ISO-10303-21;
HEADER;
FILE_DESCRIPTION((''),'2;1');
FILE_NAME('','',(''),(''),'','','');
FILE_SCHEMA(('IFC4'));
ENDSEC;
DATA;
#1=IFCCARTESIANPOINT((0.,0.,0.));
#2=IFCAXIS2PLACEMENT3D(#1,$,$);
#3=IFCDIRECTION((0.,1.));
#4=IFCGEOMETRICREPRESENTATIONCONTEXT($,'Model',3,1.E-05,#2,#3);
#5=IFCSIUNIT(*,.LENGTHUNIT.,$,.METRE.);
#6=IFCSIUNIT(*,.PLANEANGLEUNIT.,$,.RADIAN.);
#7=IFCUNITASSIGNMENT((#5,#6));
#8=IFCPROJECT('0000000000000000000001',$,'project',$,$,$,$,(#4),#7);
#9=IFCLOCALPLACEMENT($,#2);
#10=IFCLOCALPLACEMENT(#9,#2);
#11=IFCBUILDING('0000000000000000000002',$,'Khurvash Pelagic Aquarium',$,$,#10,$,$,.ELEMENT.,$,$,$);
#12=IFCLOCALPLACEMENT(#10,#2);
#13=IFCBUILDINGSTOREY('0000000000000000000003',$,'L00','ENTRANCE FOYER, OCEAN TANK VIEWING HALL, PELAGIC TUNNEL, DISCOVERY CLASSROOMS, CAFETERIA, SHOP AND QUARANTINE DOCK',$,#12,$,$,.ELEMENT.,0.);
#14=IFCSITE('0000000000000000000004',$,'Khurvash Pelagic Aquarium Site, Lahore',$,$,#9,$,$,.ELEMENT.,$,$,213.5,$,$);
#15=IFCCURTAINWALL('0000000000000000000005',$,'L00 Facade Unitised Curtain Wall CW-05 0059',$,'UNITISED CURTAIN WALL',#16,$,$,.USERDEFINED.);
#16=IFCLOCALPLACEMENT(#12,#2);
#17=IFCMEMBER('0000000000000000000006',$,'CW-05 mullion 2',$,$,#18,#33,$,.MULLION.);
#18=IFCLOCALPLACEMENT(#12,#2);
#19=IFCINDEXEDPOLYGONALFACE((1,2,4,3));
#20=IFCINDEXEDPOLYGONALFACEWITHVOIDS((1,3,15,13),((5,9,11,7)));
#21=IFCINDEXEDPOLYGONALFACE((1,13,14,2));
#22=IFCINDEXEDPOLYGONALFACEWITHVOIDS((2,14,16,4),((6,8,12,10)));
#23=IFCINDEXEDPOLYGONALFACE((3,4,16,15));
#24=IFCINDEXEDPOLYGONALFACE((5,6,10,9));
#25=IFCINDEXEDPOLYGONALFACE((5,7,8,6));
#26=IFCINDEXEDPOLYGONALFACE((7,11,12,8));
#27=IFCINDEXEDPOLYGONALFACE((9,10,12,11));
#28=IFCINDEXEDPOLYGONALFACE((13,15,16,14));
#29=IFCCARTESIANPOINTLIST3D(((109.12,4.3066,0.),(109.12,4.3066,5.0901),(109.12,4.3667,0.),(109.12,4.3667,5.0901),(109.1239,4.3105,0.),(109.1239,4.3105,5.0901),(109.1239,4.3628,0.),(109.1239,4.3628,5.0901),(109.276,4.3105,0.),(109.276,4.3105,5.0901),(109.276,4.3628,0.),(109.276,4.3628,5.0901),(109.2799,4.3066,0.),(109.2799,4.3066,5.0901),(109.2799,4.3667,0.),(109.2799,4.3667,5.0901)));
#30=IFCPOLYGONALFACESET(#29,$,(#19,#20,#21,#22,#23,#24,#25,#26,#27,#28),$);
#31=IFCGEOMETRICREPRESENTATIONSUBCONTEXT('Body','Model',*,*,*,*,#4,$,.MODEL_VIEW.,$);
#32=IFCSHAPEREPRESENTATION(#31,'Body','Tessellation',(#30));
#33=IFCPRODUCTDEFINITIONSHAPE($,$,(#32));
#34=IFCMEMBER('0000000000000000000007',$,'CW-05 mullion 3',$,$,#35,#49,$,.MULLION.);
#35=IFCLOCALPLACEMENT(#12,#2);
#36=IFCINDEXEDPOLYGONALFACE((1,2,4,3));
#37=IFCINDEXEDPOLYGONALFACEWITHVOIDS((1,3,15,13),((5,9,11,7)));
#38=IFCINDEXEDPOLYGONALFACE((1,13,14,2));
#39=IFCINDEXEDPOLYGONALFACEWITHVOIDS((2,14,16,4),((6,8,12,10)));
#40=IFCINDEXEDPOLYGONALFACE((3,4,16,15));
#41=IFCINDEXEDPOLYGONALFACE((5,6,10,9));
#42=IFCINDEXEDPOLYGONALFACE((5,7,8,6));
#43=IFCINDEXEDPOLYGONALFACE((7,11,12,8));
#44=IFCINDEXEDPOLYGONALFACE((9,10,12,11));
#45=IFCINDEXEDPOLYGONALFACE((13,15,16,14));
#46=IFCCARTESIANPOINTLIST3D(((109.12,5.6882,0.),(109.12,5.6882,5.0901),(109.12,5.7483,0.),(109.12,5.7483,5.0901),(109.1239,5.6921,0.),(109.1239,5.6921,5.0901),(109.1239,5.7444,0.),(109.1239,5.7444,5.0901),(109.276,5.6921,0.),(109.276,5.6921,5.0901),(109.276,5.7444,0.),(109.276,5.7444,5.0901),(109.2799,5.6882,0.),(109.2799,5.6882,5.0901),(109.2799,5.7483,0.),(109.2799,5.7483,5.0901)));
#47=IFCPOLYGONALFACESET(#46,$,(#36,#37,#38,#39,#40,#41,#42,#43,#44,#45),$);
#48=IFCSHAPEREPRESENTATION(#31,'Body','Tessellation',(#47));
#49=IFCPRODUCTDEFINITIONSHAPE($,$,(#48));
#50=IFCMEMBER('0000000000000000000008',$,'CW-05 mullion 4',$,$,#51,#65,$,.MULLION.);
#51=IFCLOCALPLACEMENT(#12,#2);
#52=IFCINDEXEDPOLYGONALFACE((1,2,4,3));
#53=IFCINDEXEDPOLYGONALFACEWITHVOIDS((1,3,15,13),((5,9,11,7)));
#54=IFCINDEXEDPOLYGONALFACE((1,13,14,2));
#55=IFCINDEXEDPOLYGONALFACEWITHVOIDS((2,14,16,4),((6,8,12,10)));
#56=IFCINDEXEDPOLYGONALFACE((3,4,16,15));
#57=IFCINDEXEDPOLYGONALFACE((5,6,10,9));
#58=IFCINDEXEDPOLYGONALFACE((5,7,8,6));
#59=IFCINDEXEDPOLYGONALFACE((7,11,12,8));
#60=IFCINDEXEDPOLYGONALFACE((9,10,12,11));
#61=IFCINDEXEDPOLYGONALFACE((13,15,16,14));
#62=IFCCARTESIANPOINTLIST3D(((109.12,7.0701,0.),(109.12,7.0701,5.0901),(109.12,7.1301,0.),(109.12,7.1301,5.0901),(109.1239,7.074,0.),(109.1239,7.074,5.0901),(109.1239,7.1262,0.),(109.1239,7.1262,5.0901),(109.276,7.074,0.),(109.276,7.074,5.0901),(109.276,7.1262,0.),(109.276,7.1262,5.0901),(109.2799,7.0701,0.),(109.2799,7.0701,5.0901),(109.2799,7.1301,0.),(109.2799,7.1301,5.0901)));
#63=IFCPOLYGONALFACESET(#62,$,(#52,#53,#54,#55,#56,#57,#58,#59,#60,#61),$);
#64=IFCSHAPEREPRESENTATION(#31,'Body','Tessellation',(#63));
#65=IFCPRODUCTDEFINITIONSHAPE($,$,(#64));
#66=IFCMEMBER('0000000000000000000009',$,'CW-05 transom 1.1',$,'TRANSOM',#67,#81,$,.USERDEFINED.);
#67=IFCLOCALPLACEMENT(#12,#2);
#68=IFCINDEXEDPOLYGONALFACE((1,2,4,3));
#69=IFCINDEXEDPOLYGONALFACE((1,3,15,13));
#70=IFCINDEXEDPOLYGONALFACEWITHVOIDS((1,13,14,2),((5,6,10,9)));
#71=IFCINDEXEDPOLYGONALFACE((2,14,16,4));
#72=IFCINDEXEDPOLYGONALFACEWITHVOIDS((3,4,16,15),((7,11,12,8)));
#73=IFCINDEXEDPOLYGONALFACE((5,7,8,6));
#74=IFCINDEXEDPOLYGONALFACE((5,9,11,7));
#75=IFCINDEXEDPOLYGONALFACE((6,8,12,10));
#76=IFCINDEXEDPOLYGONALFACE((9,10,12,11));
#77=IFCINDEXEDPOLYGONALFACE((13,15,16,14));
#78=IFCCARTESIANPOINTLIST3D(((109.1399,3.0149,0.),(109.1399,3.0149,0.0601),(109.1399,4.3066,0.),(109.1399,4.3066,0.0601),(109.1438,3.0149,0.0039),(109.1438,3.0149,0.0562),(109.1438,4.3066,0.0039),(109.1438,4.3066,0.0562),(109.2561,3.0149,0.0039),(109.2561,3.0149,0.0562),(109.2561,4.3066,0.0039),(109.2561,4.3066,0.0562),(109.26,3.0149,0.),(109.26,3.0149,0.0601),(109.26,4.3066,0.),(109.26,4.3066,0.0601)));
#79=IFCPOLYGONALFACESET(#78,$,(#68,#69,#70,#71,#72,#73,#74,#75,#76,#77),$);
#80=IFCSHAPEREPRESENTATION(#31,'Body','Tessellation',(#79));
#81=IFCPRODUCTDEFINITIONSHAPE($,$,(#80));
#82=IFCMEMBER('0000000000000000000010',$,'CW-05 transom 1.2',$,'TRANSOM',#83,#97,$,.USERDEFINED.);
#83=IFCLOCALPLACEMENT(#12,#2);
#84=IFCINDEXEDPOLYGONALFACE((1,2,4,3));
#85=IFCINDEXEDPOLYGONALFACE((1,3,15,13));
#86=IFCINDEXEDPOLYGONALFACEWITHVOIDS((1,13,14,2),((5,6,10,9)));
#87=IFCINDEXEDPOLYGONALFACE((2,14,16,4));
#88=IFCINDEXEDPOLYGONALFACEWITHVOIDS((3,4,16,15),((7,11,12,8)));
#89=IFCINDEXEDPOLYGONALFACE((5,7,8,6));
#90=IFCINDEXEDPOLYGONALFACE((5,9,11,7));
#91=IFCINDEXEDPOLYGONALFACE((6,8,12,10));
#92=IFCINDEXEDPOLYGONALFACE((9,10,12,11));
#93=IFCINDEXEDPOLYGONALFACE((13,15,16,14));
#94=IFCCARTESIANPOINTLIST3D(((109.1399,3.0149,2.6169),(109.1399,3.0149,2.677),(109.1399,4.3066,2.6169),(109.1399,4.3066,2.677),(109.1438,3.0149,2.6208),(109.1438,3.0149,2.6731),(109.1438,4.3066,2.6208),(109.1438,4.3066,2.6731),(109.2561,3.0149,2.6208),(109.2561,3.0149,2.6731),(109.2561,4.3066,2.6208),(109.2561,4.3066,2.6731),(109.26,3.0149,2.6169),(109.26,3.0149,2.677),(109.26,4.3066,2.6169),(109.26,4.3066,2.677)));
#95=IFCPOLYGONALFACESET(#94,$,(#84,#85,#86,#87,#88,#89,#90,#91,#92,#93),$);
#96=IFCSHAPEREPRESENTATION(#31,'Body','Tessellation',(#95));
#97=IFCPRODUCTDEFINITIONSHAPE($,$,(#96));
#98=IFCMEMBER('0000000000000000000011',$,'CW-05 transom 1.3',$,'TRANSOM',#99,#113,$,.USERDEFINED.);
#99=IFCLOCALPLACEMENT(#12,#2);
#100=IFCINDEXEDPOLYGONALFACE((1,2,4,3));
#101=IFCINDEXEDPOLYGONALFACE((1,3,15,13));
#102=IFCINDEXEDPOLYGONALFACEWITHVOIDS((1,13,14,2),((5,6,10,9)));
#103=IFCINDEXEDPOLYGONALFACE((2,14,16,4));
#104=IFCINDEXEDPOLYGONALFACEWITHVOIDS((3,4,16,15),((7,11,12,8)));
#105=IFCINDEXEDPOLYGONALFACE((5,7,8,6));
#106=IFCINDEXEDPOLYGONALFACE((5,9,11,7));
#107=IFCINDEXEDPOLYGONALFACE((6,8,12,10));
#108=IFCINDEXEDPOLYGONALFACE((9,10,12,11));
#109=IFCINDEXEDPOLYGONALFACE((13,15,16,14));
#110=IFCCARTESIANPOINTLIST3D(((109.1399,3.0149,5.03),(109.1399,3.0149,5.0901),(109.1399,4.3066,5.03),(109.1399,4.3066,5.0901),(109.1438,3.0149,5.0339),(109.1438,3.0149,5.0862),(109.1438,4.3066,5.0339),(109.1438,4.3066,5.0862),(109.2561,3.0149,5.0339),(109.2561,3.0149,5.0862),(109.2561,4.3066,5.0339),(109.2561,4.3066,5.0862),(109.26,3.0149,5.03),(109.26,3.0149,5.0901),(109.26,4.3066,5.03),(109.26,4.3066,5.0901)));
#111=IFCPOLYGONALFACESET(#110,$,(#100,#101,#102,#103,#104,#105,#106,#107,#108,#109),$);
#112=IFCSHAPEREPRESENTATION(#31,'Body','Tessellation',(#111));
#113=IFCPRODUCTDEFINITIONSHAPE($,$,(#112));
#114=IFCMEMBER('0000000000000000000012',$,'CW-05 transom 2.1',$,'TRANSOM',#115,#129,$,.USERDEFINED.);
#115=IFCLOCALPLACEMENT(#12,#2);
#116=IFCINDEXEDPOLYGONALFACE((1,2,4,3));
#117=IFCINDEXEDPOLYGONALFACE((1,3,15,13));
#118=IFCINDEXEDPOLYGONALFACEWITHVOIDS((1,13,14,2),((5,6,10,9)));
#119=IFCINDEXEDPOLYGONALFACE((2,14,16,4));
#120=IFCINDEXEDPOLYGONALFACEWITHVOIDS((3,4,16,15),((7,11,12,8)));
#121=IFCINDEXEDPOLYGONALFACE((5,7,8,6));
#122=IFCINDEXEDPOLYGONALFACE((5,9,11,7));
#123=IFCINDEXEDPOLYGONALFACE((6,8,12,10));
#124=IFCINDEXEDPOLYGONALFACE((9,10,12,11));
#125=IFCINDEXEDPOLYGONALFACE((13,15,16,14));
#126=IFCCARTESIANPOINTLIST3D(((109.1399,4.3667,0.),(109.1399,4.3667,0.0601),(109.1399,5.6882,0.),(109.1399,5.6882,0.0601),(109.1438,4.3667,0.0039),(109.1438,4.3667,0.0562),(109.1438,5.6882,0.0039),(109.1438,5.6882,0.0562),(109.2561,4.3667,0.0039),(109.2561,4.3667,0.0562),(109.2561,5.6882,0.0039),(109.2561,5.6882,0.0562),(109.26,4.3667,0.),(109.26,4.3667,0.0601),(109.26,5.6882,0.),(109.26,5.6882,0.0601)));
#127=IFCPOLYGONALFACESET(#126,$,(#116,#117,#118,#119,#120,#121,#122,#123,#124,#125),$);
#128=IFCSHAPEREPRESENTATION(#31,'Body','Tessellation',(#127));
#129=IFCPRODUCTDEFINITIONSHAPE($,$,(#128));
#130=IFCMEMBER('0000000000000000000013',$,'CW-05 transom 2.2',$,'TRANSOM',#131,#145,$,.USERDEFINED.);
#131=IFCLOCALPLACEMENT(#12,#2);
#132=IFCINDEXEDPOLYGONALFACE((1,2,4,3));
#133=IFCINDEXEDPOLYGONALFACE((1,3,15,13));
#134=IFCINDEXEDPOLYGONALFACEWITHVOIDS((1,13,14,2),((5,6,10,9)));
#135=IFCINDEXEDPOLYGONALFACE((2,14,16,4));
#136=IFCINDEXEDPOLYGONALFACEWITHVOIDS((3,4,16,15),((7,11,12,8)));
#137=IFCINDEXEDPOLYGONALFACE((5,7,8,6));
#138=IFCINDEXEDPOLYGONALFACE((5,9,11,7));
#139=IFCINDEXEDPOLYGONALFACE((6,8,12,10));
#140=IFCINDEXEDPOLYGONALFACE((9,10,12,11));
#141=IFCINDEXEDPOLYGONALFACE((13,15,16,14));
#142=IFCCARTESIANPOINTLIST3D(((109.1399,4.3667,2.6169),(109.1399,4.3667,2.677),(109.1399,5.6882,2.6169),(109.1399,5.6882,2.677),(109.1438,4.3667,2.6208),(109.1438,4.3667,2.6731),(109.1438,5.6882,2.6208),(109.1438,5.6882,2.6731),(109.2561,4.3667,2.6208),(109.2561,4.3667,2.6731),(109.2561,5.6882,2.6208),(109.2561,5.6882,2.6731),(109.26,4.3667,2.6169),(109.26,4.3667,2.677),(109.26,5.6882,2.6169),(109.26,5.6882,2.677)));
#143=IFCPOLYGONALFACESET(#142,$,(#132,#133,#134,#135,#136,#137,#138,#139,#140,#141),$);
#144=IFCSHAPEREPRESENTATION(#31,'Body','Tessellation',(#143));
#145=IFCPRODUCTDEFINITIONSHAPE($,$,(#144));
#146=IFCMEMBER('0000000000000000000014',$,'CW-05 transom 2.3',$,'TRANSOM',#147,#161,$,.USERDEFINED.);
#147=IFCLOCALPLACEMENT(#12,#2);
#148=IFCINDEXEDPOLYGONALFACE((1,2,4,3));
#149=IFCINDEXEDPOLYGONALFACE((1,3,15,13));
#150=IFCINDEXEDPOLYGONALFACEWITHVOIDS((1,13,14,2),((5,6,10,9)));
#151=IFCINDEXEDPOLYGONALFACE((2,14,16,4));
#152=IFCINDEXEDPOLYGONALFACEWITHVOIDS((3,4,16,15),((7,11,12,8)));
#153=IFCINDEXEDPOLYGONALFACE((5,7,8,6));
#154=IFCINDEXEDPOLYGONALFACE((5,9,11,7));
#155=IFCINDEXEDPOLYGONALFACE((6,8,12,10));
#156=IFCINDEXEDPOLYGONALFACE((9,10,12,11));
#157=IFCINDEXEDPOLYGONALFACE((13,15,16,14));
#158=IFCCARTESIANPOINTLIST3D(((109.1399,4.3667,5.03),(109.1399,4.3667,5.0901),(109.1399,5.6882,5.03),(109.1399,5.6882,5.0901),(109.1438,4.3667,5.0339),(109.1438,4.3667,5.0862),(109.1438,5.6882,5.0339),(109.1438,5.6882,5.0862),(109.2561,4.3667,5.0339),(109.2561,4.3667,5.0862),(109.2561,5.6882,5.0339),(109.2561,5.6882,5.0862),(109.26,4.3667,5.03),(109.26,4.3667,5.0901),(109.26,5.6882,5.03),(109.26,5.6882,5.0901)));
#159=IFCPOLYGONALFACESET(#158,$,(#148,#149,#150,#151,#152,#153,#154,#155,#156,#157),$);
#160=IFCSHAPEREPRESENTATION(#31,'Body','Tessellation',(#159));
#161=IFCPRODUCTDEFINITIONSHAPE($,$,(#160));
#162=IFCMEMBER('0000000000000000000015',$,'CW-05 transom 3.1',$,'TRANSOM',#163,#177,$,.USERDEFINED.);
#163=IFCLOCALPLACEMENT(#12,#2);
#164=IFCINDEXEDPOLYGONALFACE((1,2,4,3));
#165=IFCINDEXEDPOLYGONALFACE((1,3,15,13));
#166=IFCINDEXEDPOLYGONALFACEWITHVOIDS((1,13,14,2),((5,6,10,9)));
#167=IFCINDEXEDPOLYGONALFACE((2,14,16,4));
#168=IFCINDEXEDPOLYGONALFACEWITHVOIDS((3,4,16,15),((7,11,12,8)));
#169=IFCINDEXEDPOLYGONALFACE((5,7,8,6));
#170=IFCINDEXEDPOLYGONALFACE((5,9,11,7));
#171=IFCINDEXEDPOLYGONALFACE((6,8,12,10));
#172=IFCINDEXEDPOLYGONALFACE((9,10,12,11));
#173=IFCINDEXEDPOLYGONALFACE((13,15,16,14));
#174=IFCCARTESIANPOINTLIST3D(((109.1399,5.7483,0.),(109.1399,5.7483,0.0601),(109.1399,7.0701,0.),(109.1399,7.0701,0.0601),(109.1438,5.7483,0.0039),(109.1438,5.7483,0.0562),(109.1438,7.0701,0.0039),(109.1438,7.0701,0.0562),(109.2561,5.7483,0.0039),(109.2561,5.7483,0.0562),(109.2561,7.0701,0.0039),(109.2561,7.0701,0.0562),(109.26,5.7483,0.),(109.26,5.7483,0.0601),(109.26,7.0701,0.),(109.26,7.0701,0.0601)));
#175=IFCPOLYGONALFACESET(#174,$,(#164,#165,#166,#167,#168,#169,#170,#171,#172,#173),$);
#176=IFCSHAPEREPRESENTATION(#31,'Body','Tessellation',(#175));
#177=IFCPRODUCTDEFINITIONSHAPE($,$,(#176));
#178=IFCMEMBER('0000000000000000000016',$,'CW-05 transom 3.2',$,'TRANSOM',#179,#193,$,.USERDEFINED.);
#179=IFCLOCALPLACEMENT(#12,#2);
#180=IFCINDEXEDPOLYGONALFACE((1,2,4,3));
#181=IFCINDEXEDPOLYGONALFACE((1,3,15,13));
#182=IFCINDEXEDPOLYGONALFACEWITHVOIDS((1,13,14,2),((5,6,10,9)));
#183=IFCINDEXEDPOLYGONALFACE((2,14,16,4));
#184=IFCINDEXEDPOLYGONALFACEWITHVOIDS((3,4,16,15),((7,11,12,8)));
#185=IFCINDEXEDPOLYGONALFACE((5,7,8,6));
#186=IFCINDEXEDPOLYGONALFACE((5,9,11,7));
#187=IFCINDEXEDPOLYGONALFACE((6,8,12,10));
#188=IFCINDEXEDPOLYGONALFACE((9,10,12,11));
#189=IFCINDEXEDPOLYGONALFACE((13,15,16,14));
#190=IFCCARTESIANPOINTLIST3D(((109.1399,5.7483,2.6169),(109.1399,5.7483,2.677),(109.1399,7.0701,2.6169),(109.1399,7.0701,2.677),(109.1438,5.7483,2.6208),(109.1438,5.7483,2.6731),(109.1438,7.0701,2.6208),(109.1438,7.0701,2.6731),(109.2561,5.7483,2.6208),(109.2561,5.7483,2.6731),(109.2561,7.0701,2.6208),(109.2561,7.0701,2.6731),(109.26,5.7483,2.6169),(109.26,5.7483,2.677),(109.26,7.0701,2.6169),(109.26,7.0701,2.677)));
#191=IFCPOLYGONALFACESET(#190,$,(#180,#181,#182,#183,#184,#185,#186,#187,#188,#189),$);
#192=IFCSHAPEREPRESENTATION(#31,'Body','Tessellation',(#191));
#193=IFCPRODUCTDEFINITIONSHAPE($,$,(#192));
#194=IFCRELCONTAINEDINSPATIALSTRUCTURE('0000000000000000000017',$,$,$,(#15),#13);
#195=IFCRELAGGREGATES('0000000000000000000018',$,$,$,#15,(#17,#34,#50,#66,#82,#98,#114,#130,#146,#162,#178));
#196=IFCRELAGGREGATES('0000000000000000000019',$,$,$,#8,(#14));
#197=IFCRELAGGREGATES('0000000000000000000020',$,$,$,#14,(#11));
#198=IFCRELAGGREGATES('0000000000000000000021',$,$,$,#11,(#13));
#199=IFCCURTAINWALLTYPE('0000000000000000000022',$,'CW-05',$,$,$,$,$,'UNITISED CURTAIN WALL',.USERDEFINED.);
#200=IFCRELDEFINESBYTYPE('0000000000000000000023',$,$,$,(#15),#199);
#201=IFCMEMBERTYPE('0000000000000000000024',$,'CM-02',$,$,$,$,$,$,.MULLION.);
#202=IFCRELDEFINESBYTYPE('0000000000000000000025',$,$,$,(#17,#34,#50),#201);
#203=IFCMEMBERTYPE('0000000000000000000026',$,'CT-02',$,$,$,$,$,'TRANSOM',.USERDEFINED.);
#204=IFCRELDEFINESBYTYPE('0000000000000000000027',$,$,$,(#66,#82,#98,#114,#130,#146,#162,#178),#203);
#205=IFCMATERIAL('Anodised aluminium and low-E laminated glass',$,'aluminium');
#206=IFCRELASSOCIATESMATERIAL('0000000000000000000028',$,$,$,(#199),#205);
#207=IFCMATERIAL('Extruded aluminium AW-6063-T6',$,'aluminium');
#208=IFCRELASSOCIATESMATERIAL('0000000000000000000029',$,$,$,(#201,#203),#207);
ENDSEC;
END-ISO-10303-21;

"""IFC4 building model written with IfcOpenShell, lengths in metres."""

from ifc_helpers import new_model, si_unit, direction, frame, origin, origin_2d, place, context, subcontext, project, spatial, hollow_rectangle, extrude, material, material_profile, profile_set, type_object, element, aggregate, save


model = new_model("IFC4")

# Units and contexts
model_context = context("Model", 3, precision=1e-05, world=origin(), true_north=direction((0.0, 1.0)))
body_context = subcontext(model_context, "Body", "Model", "MODEL_VIEW")
ifc_project = project(units=[si_unit("LENGTHUNIT", "METRE"), si_unit("PLANEANGLEUNIT", "RADIAN")], contexts=[model_context])

# Site, building, storey
site_placement = place(None, origin())
site = spatial("IfcSite", under=ifc_project, at=site_placement, Name="Khurvash Pelagic Aquarium Site, Lahore", CompositionType="ELEMENT", RefElevation=213.5)
building_placement = place(site_placement, origin())
building = spatial("IfcBuilding", under=site, at=building_placement, Name="Khurvash Pelagic Aquarium", CompositionType="ELEMENT")
storey_placement = place(building_placement, origin())
storey = spatial("IfcBuildingStorey", under=building, at=storey_placement, Name="L00", Description="ENTRANCE FOYER, OCEAN TANK VIEWING HALL, PELAGIC TUNNEL, DISCOVERY CLASSROOMS, CAFETERIA, SHOP AND QUARANTINE DOCK", CompositionType="ELEMENT", Elevation=0.0)

# Curtain wall, members
ifc_material_1 = material(Name="Anodised aluminium and low-E laminated glass", Category="aluminium")
curtain_wall_type = type_object("IfcCurtainWallType", Name="CW-05", ElementType="UNITISED CURTAIN WALL", PredefinedType="USERDEFINED", material=ifc_material_1)
curtain_wall_placement = place(storey_placement, origin())
curtain_wall = element("IfcCurtainWall", 1, at=curtain_wall_placement, inside=storey, type_object=curtain_wall_type, Name="L00 Facade Unitised Curtain Wall CW-05 0059", ObjectType="UNITISED CURTAIN WALL", PredefinedType="USERDEFINED")
ifc_material_2 = material(Name="Extruded aluminium AW-6063-T6", Category="aluminium")
ifc_material_profile_1 = material_profile(ifc_material_2, hollow_rectangle(XDim=0.0601, YDim=0.1599, WallThickness=0.0039, at=origin_2d()), Name="CWM60X160X4")
ifc_profile_set_1 = profile_set([ifc_material_profile_1], Name="Extruded aluminium AW-6063-T6")
member_type_1 = type_object("IfcMemberType", Name="CM-02", PredefinedType="MULLION", material=ifc_profile_set_1)
member_1_placement = place(storey_placement, frame((109.2, 4.3367, 0.0), z_axis=(0.0, 0.0, 1.0), x_axis=(0.0, 1.0, 0.0)))
member_1 = element("IfcMember", 2, at=member_1_placement, type_object=member_type_1, Name="CW-05 mullion 2", PredefinedType="MULLION", context=body_context, shape_type="SweptSolid", body=[
    extrude(hollow_rectangle(XDim=0.0601, YDim=0.1599, WallThickness=0.0039, at=origin_2d()), origin(), (0.0, 0.0, 1.0), 5.0901),
])
member_2_placement = place(storey_placement, frame((109.2, 5.7183, 0.0), z_axis=(0.0, 0.0, 1.0), x_axis=(0.0, 1.0, 0.0)))
member_2 = element("IfcMember", 3, at=member_2_placement, type_object=member_type_1, Name="CW-05 mullion 3", PredefinedType="MULLION", context=body_context, shape_type="SweptSolid", body=[
    extrude(hollow_rectangle(XDim=0.0601, YDim=0.1599, WallThickness=0.0039, at=origin_2d()), origin(), (0.0, 0.0, 1.0), 5.0901),
])
member_3_placement = place(storey_placement, frame((109.2, 7.1001, 0.0), z_axis=(0.0, 0.0, 1.0), x_axis=(0.0, 1.0, 0.0)))
member_3 = element("IfcMember", 4, at=member_3_placement, type_object=member_type_1, Name="CW-05 mullion 4", PredefinedType="MULLION", context=body_context, shape_type="SweptSolid", body=[
    extrude(hollow_rectangle(XDim=0.0601, YDim=0.1599, WallThickness=0.0039, at=origin_2d()), origin(), (0.0, 0.0, 1.0), 5.0901),
])
ifc_material_profile_2 = material_profile(ifc_material_2, hollow_rectangle(XDim=0.1201, YDim=0.0601, WallThickness=0.0039, at=origin_2d()), Name="CWT120X60X4")
ifc_profile_set_2 = profile_set([ifc_material_profile_2], Name="Extruded aluminium AW-6063-T6")
member_type_2 = type_object("IfcMemberType", Name="CT-02", ElementType="TRANSOM", PredefinedType="USERDEFINED", material=ifc_profile_set_2)
member_4_placement = place(storey_placement, frame((109.2, 3.0149, 0.03), z_axis=(0.0, 1.0, 0.0), x_axis=(-1.0, 0.0, 0.0)))
member_4 = element("IfcMember", 5, at=member_4_placement, type_object=member_type_2, Name="CW-05 transom 1.1", ObjectType="TRANSOM", PredefinedType="USERDEFINED", context=body_context, shape_type="SweptSolid", body=[
    extrude(hollow_rectangle(XDim=0.1201, YDim=0.0601, WallThickness=0.0039, at=origin_2d()), origin(), (0.0, 0.0, 1.0), 1.2917),
])
member_5_placement = place(storey_placement, frame((109.2, 3.0149, 2.647), z_axis=(0.0, 1.0, 0.0), x_axis=(-1.0, 0.0, 0.0)))
member_5 = element("IfcMember", 6, at=member_5_placement, type_object=member_type_2, Name="CW-05 transom 1.2", ObjectType="TRANSOM", PredefinedType="USERDEFINED", context=body_context, shape_type="SweptSolid", body=[
    extrude(hollow_rectangle(XDim=0.1201, YDim=0.0601, WallThickness=0.0039, at=origin_2d()), origin(), (0.0, 0.0, 1.0), 1.2917),
])
member_6_placement = place(storey_placement, frame((109.2, 3.0149, 5.0601), z_axis=(0.0, 1.0, 0.0), x_axis=(-1.0, 0.0, 0.0)))
member_6 = element("IfcMember", 7, at=member_6_placement, type_object=member_type_2, Name="CW-05 transom 1.3", ObjectType="TRANSOM", PredefinedType="USERDEFINED", context=body_context, shape_type="SweptSolid", body=[
    extrude(hollow_rectangle(XDim=0.1201, YDim=0.0601, WallThickness=0.0039, at=origin_2d()), origin(), (0.0, 0.0, 1.0), 1.2917),
])
member_7_placement = place(storey_placement, frame((109.2, 4.3667, 0.03), z_axis=(0.0, 1.0, 0.0), x_axis=(-1.0, 0.0, 0.0)))
member_7 = element("IfcMember", 8, at=member_7_placement, type_object=member_type_2, Name="CW-05 transom 2.1", ObjectType="TRANSOM", PredefinedType="USERDEFINED", context=body_context, shape_type="SweptSolid", body=[
    extrude(hollow_rectangle(XDim=0.1201, YDim=0.0601, WallThickness=0.0039, at=origin_2d()), origin(), (0.0, 0.0, 1.0), 1.3215),
])
member_8_placement = place(storey_placement, frame((109.2, 4.3667, 2.647), z_axis=(0.0, 1.0, 0.0), x_axis=(-1.0, 0.0, 0.0)))
member_8 = element("IfcMember", 9, at=member_8_placement, type_object=member_type_2, Name="CW-05 transom 2.2", ObjectType="TRANSOM", PredefinedType="USERDEFINED", context=body_context, shape_type="SweptSolid", body=[
    extrude(hollow_rectangle(XDim=0.1201, YDim=0.0601, WallThickness=0.0039, at=origin_2d()), origin(), (0.0, 0.0, 1.0), 1.3215),
])
member_9_placement = place(storey_placement, frame((109.2, 4.3667, 5.0601), z_axis=(0.0, 1.0, 0.0), x_axis=(-1.0, 0.0, 0.0)))
member_9 = element("IfcMember", 10, at=member_9_placement, type_object=member_type_2, Name="CW-05 transom 2.3", ObjectType="TRANSOM", PredefinedType="USERDEFINED", context=body_context, shape_type="SweptSolid", body=[
    extrude(hollow_rectangle(XDim=0.1201, YDim=0.0601, WallThickness=0.0039, at=origin_2d()), origin(), (0.0, 0.0, 1.0), 1.3215),
])
member_10_placement = place(storey_placement, frame((109.2, 5.7483, 0.03), z_axis=(0.0, 1.0, 0.0), x_axis=(-1.0, 0.0, 0.0)))
member_10 = element("IfcMember", 11, at=member_10_placement, type_object=member_type_2, Name="CW-05 transom 3.1", ObjectType="TRANSOM", PredefinedType="USERDEFINED", context=body_context, shape_type="SweptSolid", body=[
    extrude(hollow_rectangle(XDim=0.1201, YDim=0.0601, WallThickness=0.0039, at=origin_2d()), origin(), (0.0, 0.0, 1.0), 1.3218),
])
member_11_placement = place(storey_placement, frame((109.2, 5.7483, 2.647), z_axis=(0.0, 1.0, 0.0), x_axis=(-1.0, 0.0, 0.0)))
member_11 = element("IfcMember", 12, at=member_11_placement, type_object=member_type_2, Name="CW-05 transom 3.2", ObjectType="TRANSOM", PredefinedType="USERDEFINED", context=body_context, shape_type="SweptSolid", body=[
    extrude(hollow_rectangle(XDim=0.1201, YDim=0.0601, WallThickness=0.0039, at=origin_2d()), origin(), (0.0, 0.0, 1.0), 1.3218),
])

aggregate(curtain_wall, [member_1, member_2, member_3, member_4, member_5, member_6, member_7, member_8, member_9, member_10, member_11])

save(model, "model.ifc")
